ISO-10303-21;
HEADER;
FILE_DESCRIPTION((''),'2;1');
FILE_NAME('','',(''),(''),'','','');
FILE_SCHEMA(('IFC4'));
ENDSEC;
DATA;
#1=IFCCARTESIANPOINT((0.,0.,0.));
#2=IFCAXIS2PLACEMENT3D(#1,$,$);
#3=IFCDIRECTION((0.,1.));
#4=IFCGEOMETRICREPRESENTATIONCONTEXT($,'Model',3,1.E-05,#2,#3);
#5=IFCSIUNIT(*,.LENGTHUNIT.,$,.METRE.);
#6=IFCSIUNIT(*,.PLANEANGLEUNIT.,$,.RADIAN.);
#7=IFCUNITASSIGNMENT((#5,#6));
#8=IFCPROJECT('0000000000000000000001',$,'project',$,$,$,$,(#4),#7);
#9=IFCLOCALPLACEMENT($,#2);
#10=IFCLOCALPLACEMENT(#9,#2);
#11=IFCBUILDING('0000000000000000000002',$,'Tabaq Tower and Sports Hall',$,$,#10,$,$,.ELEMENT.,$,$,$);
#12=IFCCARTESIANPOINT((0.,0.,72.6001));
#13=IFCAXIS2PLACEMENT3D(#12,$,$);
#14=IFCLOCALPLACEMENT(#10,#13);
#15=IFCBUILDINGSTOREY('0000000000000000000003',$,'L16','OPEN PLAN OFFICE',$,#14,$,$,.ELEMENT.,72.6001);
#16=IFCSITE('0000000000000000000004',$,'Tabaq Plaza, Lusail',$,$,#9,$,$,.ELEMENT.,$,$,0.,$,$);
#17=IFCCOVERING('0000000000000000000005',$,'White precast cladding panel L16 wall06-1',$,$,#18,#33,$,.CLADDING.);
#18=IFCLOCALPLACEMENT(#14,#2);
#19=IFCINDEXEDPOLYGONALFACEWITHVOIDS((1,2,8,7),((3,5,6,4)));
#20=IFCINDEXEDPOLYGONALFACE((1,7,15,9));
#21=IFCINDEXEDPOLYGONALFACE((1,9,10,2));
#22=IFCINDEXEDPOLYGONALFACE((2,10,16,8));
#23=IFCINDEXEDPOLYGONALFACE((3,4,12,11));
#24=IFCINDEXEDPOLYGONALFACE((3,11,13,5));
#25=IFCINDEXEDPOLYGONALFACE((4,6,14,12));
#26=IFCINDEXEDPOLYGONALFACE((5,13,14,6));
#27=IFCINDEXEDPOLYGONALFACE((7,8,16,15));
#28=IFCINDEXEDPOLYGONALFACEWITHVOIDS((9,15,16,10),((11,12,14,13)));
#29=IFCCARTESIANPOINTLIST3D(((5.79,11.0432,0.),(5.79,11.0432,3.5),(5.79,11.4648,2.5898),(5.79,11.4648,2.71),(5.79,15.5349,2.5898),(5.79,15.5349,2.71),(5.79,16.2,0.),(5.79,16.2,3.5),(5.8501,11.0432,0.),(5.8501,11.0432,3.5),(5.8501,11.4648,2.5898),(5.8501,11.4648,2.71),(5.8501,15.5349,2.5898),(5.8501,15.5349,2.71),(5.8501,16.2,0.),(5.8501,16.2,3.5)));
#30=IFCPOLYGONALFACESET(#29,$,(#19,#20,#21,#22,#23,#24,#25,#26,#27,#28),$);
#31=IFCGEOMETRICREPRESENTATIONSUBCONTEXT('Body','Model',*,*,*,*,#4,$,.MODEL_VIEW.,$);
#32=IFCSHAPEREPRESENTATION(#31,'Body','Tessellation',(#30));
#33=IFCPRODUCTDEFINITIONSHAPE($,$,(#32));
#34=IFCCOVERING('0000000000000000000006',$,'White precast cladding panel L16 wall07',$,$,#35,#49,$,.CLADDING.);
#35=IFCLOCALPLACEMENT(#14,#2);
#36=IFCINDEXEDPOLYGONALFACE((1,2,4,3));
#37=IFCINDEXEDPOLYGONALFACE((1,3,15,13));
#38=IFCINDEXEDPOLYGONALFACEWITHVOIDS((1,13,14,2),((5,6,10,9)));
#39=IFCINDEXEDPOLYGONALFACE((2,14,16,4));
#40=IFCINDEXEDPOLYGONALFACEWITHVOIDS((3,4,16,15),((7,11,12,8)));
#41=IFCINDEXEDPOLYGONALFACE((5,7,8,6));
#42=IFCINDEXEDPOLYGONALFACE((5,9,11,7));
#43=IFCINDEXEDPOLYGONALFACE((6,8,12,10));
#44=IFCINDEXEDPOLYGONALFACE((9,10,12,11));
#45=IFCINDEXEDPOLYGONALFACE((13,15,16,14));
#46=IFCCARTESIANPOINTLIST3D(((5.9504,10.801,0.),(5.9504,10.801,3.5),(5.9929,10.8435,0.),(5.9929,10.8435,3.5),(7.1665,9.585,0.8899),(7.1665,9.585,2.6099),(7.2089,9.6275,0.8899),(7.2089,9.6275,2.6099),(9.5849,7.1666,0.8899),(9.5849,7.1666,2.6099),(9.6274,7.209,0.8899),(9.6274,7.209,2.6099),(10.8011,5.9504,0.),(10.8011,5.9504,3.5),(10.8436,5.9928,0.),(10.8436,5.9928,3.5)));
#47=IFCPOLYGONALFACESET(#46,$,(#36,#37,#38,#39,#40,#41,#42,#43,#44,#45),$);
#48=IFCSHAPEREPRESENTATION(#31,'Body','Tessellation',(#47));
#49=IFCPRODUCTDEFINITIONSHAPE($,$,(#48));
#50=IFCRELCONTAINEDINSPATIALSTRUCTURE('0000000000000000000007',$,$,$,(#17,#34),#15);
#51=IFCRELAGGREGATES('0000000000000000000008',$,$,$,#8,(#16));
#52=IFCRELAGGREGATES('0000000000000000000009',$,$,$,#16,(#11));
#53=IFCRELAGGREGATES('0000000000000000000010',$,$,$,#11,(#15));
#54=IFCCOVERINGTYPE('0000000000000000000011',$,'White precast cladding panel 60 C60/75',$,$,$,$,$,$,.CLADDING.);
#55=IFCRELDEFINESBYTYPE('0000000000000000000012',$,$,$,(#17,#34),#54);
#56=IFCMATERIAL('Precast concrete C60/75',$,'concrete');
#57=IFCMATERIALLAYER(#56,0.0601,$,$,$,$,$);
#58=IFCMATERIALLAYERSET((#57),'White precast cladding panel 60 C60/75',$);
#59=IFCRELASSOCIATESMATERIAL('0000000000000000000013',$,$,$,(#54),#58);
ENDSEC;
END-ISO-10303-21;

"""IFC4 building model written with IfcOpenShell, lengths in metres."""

from ifc_helpers import new_model, si_unit, direction, frame, origin, place, context, subcontext, project, spatial, polyline, outline, extrude, material, layer, layer_set, type_object, element, save


model = new_model("IFC4")

# Units and contexts
model_context = context("Model", 3, precision=1e-05, world=origin(), true_north=direction((0.0, 1.0)))
body_context = subcontext(model_context, "Body", "Model", "MODEL_VIEW")
ifc_project = project(units=[si_unit("LENGTHUNIT", "METRE"), si_unit("PLANEANGLEUNIT", "RADIAN")], contexts=[model_context])

# Site, building, storey
site_placement = place(None, origin())
site = spatial("IfcSite", under=ifc_project, at=site_placement, Name="Tabaq Plaza, Lusail", CompositionType="ELEMENT", RefElevation=0.0)
building_placement = place(site_placement, origin())
building = spatial("IfcBuilding", under=site, at=building_placement, Name="Tabaq Tower and Sports Hall", CompositionType="ELEMENT")
storey_placement = place(building_placement, frame((0.0, 0.0, 72.6001)))
storey = spatial("IfcBuildingStorey", under=building, at=storey_placement, Name="L16", Description="OPEN PLAN OFFICE", CompositionType="ELEMENT", Elevation=72.6001)

# Coverings
ifc_material_1 = material(Name="Precast concrete C60/75", Category="concrete")
ifc_layer_1 = layer(ifc_material_1, 0.0601)
ifc_layer_set_1 = layer_set([ifc_layer_1], Name="White precast cladding panel 60 C60/75")
covering_type = type_object("IfcCoveringType", Name="White precast cladding panel 60 C60/75", PredefinedType="CLADDING", material=ifc_layer_set_1)
covering_1_placement = place(storey_placement, frame((5.8201, 16.2, 0.0), z_axis=(0.0, 0.0, 1.0), x_axis=(0.0, -1.0, 0.0)))
element("IfcCovering", 1, at=covering_1_placement, inside=storey, type_object=covering_type, Name="White precast cladding panel L16 wall06-1", PredefinedType="CLADDING", context=body_context, shape_type="SweptSolid", body=[
    extrude(outline(polyline([(0.0, 0.0), (5.1567, 0.0), (5.1567, 3.5), (0.0, 3.5), (0.0, 0.0)]), holes=[polyline([(0.665, 2.5898), (0.665, 2.71), (4.7351, 2.71), (4.7351, 2.5898), (0.665, 2.5898)])]), frame((0.0, 0.03, 0.0), z_axis=(0.0, -1.0, 0.0), x_axis=(1.0, 0.0, 0.0)), (0.0, 0.0, 1.0), 0.0601),
])
covering_2_placement = place(storey_placement, frame((5.9717, 10.8223, 0.0), z_axis=(0.0, 0.0, 1.0), x_axis=(0.707107, -0.707107, 0.0)))
element("IfcCovering", 2, at=covering_2_placement, inside=storey, type_object=covering_type, Name="White precast cladding panel L16 wall07", PredefinedType="CLADDING", context=body_context, shape_type="SweptSolid", body=[
    extrude(outline(polyline([(0.0, 0.0), (6.8599, 0.0), (6.8599, 3.5), (0.0, 3.5), (0.0, 0.0)]), holes=[polyline([(1.7197, 0.8899), (1.7197, 2.6099), (5.1399, 2.6099), (5.1399, 0.8899), (1.7197, 0.8899)])]), frame((0.0, 0.03, 0.0), z_axis=(0.0, -1.0, 0.0), x_axis=(1.0, 0.0, 0.0)), (0.0, 0.0, 1.0), 0.0601),
])

save(model, "model.ifc")
